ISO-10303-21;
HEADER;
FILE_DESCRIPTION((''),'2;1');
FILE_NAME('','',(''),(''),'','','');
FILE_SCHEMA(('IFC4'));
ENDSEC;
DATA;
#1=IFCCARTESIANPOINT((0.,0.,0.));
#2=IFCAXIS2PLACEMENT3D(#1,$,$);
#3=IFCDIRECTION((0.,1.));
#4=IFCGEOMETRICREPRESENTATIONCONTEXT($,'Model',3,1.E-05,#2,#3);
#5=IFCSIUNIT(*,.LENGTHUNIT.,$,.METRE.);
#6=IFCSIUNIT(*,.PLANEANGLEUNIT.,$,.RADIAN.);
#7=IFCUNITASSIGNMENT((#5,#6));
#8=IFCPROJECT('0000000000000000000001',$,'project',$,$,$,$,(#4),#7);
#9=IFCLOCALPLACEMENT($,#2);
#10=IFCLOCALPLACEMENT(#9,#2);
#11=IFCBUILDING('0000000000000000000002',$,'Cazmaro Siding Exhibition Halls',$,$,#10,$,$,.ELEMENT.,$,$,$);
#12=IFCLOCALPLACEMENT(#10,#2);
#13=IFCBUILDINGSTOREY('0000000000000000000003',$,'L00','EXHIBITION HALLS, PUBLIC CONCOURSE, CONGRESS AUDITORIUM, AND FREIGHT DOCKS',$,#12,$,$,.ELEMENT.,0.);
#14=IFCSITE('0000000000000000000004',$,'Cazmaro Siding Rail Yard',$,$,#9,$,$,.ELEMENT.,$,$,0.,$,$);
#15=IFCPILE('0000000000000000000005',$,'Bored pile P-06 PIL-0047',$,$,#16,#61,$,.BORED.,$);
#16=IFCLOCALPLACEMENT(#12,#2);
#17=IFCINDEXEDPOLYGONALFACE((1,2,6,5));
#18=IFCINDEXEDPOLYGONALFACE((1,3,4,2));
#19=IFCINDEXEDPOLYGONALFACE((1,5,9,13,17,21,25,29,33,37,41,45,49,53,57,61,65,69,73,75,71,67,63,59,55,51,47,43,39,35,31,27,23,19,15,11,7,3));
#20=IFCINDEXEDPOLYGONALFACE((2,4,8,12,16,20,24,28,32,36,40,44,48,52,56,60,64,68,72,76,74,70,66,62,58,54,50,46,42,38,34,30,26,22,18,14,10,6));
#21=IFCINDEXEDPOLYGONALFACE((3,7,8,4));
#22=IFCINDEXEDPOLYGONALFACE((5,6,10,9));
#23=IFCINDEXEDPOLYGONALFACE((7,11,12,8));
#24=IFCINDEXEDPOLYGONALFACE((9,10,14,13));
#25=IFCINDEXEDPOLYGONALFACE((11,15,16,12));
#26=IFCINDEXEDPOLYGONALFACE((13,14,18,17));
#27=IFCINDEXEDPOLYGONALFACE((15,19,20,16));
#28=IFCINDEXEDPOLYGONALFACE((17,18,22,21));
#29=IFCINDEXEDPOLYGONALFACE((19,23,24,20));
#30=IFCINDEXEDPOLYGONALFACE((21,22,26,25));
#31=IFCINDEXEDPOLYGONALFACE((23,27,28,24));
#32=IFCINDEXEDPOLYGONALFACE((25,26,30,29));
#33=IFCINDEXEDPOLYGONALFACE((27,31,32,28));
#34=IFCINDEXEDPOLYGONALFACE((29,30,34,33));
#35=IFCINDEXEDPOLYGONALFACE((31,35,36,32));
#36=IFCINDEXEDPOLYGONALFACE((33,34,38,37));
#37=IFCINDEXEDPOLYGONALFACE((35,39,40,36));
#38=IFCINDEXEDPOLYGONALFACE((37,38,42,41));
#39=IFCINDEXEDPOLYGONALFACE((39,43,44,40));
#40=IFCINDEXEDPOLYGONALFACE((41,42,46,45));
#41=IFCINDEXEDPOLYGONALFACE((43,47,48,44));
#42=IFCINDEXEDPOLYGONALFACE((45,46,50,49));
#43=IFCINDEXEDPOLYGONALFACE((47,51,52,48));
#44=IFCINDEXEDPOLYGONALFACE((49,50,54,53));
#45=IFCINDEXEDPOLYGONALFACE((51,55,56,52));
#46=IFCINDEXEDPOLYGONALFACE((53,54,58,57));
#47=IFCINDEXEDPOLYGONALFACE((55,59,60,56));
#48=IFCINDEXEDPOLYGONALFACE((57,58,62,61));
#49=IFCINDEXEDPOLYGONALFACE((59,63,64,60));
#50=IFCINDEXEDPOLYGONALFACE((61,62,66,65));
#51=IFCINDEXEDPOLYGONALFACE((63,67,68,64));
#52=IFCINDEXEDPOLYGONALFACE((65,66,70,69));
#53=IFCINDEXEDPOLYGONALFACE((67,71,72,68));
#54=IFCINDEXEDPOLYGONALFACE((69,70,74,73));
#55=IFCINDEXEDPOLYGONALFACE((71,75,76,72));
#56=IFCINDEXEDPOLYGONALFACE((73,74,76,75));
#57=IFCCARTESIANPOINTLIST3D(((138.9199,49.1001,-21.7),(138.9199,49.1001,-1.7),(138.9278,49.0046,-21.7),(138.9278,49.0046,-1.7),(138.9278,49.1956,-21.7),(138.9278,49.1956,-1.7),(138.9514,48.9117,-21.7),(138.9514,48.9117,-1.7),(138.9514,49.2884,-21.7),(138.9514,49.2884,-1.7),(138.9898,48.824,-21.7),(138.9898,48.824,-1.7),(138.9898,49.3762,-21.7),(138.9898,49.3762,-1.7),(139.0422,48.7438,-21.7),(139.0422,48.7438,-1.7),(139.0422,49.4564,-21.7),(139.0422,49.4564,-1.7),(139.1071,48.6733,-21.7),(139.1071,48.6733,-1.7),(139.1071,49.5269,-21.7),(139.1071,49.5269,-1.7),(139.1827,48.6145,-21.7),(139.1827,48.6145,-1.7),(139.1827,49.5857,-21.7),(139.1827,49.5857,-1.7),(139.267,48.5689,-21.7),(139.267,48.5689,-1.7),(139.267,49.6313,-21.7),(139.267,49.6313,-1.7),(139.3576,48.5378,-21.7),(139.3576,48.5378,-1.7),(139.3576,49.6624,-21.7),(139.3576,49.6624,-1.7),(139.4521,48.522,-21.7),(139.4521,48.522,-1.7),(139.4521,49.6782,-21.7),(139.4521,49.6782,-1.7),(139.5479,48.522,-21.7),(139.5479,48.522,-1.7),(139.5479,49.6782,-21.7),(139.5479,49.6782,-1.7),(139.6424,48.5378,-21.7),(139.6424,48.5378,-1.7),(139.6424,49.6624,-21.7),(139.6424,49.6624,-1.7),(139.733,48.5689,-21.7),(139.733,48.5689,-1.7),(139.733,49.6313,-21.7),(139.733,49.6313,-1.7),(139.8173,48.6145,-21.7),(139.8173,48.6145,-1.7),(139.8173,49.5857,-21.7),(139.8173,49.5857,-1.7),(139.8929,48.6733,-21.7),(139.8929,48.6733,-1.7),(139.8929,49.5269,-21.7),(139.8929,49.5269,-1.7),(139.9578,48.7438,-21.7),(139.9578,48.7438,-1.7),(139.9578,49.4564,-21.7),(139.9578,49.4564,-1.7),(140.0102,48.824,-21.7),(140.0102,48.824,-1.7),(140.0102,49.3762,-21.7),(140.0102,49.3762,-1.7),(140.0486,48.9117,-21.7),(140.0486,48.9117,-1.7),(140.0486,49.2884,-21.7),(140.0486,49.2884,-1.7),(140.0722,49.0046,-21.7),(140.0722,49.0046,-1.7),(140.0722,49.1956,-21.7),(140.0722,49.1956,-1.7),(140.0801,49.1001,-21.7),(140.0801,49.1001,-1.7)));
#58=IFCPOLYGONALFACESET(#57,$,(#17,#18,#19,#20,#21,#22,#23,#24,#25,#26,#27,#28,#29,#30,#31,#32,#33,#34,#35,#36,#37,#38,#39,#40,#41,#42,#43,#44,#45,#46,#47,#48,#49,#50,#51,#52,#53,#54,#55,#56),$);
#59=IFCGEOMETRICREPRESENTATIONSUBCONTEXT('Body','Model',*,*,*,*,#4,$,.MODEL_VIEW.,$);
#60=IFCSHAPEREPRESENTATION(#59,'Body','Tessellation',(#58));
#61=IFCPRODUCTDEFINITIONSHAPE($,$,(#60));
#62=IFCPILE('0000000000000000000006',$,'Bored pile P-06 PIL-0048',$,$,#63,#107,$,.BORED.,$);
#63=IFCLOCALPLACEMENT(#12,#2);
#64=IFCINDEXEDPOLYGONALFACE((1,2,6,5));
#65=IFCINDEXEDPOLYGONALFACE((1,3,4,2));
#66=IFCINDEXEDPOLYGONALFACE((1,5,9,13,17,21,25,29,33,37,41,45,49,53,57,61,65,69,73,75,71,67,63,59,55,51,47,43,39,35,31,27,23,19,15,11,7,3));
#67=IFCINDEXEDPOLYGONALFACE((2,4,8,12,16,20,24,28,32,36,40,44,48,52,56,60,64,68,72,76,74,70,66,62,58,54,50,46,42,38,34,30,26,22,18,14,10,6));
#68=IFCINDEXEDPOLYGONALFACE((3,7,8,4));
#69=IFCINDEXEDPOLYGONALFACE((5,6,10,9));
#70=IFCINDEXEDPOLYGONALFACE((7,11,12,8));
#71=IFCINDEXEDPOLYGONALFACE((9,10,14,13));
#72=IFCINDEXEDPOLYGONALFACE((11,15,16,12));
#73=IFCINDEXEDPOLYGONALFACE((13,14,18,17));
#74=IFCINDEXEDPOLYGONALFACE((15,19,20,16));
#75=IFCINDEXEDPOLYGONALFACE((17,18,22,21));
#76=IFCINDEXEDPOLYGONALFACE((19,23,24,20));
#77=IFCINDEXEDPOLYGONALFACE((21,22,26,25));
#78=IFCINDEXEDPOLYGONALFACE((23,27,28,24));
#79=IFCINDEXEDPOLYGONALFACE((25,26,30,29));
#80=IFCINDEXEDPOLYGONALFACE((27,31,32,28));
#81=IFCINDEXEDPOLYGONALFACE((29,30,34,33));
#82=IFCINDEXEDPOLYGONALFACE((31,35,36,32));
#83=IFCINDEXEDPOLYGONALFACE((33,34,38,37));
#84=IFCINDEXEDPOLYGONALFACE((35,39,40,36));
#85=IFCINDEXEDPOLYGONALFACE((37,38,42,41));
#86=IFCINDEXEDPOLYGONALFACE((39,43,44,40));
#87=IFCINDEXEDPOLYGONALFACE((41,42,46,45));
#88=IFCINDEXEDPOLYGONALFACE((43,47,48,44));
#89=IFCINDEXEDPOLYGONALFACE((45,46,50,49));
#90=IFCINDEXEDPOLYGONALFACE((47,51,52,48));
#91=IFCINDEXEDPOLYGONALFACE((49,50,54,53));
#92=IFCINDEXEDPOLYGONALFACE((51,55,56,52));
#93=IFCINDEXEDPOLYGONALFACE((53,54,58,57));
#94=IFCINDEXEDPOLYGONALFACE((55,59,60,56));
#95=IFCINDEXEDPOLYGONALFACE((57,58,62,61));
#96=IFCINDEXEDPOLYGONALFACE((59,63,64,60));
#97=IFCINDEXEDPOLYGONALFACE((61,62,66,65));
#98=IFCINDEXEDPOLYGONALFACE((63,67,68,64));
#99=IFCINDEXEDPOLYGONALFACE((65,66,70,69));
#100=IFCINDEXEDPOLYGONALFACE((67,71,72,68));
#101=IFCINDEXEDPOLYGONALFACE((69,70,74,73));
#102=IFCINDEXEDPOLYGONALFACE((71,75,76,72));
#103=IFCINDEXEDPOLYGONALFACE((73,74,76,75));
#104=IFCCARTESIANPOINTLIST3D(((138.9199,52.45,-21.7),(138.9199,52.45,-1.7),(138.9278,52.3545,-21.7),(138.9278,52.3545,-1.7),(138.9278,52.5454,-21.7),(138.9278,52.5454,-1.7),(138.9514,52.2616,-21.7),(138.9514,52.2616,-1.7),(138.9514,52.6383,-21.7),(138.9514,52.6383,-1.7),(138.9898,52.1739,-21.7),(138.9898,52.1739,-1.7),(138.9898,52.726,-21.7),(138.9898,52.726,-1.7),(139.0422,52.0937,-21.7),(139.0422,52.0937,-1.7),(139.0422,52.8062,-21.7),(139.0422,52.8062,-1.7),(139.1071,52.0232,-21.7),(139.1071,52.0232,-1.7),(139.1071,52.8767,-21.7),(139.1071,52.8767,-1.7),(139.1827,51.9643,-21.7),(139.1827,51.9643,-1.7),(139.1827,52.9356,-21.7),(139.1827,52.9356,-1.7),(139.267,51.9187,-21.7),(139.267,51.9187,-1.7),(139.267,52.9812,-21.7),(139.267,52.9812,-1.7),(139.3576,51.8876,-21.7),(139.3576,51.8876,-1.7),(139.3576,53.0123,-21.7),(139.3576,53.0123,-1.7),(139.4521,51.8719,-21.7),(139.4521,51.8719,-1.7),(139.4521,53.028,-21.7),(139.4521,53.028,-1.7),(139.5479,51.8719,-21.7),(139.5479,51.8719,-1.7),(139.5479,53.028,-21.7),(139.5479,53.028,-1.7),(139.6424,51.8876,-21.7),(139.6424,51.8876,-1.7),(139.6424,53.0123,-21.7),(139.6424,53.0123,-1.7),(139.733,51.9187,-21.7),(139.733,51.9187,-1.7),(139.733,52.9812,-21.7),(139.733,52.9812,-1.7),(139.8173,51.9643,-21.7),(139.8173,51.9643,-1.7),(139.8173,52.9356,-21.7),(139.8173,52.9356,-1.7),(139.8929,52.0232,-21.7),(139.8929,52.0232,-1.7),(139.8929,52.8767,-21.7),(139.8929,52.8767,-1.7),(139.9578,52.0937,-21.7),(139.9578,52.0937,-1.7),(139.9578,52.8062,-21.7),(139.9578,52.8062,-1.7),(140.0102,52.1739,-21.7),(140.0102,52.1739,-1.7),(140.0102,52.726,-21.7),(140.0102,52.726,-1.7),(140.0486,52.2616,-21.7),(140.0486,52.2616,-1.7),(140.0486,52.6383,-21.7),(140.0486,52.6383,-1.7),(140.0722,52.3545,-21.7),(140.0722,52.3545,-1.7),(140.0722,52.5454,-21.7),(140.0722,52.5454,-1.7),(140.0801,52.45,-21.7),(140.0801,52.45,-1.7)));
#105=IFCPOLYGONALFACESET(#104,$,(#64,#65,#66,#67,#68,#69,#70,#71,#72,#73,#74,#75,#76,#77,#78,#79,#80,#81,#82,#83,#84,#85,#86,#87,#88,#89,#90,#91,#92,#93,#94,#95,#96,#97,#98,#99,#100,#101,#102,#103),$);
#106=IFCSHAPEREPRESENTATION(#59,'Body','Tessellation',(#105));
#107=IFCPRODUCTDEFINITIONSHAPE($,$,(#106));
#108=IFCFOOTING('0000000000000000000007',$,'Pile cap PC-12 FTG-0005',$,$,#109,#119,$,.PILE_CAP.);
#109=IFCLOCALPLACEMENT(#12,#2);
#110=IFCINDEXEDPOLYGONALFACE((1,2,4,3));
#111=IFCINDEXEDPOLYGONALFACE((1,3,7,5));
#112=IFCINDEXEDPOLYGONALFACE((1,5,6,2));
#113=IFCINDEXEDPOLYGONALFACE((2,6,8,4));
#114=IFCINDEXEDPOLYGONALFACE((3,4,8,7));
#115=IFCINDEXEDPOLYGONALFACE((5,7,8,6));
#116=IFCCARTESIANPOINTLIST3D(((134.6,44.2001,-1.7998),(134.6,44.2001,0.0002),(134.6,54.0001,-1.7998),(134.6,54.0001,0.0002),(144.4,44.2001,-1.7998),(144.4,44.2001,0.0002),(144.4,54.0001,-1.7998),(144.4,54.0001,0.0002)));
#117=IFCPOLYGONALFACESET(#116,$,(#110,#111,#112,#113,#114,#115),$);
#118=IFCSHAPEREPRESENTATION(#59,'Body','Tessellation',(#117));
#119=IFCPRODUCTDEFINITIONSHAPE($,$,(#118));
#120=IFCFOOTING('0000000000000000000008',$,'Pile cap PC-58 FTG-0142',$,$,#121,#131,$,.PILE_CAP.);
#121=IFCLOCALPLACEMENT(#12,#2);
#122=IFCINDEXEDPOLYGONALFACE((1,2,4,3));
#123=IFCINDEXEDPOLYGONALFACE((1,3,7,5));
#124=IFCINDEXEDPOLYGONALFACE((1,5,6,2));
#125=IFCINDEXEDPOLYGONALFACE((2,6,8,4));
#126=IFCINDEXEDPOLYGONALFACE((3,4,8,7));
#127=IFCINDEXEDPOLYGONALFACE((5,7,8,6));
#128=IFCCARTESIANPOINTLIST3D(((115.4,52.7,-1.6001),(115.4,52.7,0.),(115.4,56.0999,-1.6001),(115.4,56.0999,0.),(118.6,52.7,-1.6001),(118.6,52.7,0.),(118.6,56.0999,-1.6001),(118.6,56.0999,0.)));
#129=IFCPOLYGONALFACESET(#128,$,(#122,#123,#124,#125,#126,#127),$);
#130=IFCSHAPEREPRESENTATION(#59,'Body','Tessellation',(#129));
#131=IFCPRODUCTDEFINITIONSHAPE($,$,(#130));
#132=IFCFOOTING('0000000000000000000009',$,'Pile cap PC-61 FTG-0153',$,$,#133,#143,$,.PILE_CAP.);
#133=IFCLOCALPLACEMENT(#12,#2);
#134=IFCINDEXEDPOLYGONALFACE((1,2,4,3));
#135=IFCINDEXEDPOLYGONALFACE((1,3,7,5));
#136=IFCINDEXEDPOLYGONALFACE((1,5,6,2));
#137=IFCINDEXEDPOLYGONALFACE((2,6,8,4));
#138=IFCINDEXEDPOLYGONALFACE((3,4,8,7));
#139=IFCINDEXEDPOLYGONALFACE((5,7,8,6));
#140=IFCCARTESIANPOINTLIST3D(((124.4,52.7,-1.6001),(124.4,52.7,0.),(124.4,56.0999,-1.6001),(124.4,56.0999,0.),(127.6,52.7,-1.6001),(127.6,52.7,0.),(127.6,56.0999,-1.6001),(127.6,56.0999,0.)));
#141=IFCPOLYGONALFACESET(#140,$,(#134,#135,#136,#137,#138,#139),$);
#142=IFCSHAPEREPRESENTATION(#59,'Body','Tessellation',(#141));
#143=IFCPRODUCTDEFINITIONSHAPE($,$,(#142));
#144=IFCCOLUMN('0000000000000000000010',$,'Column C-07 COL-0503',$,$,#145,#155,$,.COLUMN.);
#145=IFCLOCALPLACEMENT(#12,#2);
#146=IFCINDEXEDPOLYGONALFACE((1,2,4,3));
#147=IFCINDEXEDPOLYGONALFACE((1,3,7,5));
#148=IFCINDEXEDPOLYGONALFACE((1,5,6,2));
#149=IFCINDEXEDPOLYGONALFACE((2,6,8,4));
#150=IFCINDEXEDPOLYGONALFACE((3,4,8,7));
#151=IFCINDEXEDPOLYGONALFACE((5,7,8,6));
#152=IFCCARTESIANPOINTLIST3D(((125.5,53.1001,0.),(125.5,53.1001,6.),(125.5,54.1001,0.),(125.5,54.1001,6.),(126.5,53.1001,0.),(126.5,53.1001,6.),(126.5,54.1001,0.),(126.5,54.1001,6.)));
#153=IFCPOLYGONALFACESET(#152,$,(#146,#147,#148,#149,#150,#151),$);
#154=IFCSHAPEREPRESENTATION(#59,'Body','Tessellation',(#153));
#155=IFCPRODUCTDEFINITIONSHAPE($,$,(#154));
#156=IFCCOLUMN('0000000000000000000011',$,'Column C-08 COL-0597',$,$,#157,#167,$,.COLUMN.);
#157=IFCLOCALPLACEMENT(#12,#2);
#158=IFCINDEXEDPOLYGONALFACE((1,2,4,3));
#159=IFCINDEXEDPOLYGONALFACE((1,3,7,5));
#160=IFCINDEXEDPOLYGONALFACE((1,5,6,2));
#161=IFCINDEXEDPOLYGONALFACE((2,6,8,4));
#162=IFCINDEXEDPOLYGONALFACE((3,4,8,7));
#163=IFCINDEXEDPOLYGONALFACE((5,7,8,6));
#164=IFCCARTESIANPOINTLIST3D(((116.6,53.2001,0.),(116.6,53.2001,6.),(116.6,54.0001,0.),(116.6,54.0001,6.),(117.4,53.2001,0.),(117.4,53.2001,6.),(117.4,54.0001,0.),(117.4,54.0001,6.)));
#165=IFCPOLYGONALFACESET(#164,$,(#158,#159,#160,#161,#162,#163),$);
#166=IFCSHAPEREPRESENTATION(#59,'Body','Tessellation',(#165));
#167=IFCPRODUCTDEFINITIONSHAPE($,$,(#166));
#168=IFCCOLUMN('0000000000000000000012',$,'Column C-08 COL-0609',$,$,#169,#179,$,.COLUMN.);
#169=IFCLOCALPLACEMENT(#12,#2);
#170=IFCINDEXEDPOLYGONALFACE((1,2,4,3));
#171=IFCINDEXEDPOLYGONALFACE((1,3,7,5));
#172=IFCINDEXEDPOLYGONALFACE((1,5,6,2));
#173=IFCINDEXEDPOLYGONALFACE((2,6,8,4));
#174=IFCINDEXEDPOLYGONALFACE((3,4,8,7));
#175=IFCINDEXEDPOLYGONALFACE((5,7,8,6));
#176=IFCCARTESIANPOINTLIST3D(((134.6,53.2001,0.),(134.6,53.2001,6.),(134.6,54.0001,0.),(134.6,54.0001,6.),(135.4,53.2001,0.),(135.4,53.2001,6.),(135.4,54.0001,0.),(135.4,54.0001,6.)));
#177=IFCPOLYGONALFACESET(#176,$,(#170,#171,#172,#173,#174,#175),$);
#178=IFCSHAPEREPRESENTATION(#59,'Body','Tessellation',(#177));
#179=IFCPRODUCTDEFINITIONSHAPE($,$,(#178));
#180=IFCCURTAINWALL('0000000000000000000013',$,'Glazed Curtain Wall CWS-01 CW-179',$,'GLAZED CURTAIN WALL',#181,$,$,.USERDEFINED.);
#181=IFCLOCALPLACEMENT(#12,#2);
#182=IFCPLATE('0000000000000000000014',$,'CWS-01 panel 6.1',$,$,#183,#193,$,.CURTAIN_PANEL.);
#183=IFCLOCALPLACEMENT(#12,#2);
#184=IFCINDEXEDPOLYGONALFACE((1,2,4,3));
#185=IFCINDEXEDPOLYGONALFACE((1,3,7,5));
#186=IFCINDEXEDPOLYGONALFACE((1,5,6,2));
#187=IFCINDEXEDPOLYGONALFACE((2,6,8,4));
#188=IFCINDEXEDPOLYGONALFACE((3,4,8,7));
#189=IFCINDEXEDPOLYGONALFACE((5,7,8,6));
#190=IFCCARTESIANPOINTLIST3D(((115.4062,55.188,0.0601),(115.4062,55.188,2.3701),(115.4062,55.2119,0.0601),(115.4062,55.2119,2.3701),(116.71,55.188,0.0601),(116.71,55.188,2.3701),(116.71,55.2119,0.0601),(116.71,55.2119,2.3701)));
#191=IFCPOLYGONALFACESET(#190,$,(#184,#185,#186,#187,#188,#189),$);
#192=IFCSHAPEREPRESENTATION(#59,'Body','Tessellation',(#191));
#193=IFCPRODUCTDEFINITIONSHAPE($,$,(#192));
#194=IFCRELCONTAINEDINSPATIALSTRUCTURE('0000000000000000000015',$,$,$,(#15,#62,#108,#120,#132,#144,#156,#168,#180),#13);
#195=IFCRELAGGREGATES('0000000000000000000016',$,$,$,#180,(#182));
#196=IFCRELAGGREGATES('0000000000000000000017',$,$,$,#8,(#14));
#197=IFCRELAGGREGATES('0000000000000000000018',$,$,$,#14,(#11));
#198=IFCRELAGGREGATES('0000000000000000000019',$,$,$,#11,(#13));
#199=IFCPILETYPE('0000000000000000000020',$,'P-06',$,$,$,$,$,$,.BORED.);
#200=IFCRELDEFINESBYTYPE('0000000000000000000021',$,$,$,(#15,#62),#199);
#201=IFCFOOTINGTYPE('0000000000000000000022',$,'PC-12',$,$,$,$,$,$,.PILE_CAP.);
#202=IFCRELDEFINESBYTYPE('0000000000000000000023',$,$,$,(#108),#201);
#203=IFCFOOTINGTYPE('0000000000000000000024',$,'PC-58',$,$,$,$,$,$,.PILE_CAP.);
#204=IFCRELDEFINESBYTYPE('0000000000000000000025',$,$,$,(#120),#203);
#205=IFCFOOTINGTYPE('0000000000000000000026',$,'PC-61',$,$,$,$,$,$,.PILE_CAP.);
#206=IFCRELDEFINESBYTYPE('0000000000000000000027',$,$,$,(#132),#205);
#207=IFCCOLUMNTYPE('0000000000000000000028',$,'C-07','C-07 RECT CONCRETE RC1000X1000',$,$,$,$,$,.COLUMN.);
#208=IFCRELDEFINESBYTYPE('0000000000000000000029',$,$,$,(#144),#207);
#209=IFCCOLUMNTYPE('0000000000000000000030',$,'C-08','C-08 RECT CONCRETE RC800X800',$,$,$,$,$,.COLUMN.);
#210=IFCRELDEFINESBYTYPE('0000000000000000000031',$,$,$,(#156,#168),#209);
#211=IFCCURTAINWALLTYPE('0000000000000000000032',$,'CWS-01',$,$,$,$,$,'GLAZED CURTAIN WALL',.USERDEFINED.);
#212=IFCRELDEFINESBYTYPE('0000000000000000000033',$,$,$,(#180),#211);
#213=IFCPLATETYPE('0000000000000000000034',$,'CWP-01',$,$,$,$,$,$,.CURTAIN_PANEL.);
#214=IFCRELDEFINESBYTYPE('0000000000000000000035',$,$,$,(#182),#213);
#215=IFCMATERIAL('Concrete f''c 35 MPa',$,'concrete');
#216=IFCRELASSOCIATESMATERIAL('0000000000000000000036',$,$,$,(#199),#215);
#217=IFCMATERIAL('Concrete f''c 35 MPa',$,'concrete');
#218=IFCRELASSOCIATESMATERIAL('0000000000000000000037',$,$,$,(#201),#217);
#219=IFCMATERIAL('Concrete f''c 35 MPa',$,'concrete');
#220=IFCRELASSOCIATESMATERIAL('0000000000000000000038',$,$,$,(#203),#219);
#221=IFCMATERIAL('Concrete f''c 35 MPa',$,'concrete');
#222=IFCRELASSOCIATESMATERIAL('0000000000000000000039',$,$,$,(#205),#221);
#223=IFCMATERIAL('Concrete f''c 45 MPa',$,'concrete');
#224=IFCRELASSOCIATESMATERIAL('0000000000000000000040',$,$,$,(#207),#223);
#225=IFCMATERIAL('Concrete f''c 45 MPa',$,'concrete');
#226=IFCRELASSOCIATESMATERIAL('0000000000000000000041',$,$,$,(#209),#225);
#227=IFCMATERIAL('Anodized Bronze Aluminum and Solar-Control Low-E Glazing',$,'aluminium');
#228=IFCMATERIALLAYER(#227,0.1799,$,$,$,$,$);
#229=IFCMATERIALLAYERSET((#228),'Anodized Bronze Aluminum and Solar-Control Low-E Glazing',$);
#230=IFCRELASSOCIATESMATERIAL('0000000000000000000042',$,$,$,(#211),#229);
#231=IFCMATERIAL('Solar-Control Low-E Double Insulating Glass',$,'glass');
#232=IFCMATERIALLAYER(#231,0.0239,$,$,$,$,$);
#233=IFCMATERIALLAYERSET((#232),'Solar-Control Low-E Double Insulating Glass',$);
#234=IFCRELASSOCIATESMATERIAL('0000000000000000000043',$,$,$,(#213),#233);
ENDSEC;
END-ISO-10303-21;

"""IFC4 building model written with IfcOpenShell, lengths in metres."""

from ifc_helpers import new_model, si_unit, direction, frame, origin, origin_2d, place, context, subcontext, project, spatial, rectangle, circle, extrude, material, layer, layer_set, material_profile, profile_set, type_object, element, aggregate, save


model = new_model("IFC4")

# Units and contexts
model_context = context("Model", 3, precision=1e-05, world=origin(), true_north=direction((0.0, 1.0)))
body_context = subcontext(model_context, "Body", "Model", "MODEL_VIEW")
ifc_project = project(units=[si_unit("LENGTHUNIT", "METRE"), si_unit("PLANEANGLEUNIT", "RADIAN")], contexts=[model_context])

# Site, building, storey
site_placement = place(None, origin())
site = spatial("IfcSite", under=ifc_project, at=site_placement, Name="Cazmaro Siding Rail Yard", CompositionType="ELEMENT", RefElevation=0.0)
building_placement = place(site_placement, origin())
building = spatial("IfcBuilding", under=site, at=building_placement, Name="Cazmaro Siding Exhibition Halls", CompositionType="ELEMENT")
storey_placement = place(building_placement, origin())
storey = spatial("IfcBuildingStorey", under=building, at=storey_placement, Name="L00", Description="EXHIBITION HALLS, PUBLIC CONCOURSE, CONGRESS AUDITORIUM, AND FREIGHT DOCKS", CompositionType="ELEMENT", Elevation=0.0)

# Piles
ifc_material_1 = material(Name="Concrete f'c 35 MPa", Category="concrete")
ifc_material_profile_1 = material_profile(ifc_material_1, circle(Radius=0.5801, at=origin_2d()), Name="CIDH-1160")
ifc_profile_set_1 = profile_set([ifc_material_profile_1], Name="Concrete f'c 35 MPa")
pile_type_1 = type_object("IfcPileType", Name="P-06", PredefinedType="BORED", material=ifc_profile_set_1)
for number, where, z_axis, x_axis, name in (
    (1, (139.5, 49.1001, -1.7), (0.0, 0.0, -1.0), (1.0, 0.0, 0.0), "Bored pile P-06 PIL-0047"),
    (2, (139.5, 52.45, -1.7), (0.0, 0.0, -1.0), (1.0, 0.0, 0.0), "Bored pile P-06 PIL-0048"),
):
    element("IfcPile", number, at=place(storey_placement, frame(where, z_axis=z_axis, x_axis=x_axis)), inside=storey, type_object=pile_type_1, Name=name, PredefinedType="BORED", context=body_context, shape_type="SweptSolid", body=[
        extrude(circle(Radius=0.5801, at=origin_2d()), origin(), (0.0, 0.0, 1.0), 20.0),
    ])

# Footings
ifc_material_2 = material(Name="Concrete f'c 35 MPa", Category="concrete")
footing_type_1 = type_object("IfcFootingType", Name="PC-12", PredefinedType="PILE_CAP", material=ifc_material_2)
footing_1_placement = place(storey_placement, frame((139.5, 49.1001, -1.7998), z_axis=(0.0, 0.0, 1.0), x_axis=(1.0, 0.0, 0.0)))
element("IfcFooting", 3, at=footing_1_placement, inside=storey, type_object=footing_type_1, Name="Pile cap PC-12 FTG-0005", PredefinedType="PILE_CAP", context=body_context, shape_type="SweptSolid", body=[
    extrude(rectangle(XDim=9.8, YDim=9.8, at=origin_2d()), origin(), (0.0, 0.0, 1.0), 1.8),
])
ifc_material_3 = material(Name="Concrete f'c 35 MPa", Category="concrete")
footing_type_2 = type_object("IfcFootingType", Name="PC-58", PredefinedType="PILE_CAP", material=ifc_material_3)
footing_2_placement = place(storey_placement, frame((117.0, 54.3999, -1.6001), z_axis=(0.0, 0.0, 1.0), x_axis=(1.0, 0.0, 0.0)))
element("IfcFooting", 4, at=footing_2_placement, inside=storey, type_object=footing_type_2, Name="Pile cap PC-58 FTG-0142", PredefinedType="PILE_CAP", context=body_context, shape_type="SweptSolid", body=[
    extrude(rectangle(XDim=3.2, YDim=3.3999, at=origin_2d()), origin(), (0.0, 0.0, 1.0), 1.6001),
])
ifc_material_4 = material(Name="Concrete f'c 35 MPa", Category="concrete")
footing_type_3 = type_object("IfcFootingType", Name="PC-61", PredefinedType="PILE_CAP", material=ifc_material_4)
footing_3_placement = place(storey_placement, frame((126.0, 54.3999, -1.6001), z_axis=(0.0, 0.0, 1.0), x_axis=(1.0, 0.0, 0.0)))
element("IfcFooting", 5, at=footing_3_placement, inside=storey, type_object=footing_type_3, Name="Pile cap PC-61 FTG-0153", PredefinedType="PILE_CAP", context=body_context, shape_type="SweptSolid", body=[
    extrude(rectangle(XDim=3.2, YDim=3.3999, at=origin_2d()), origin(), (0.0, 0.0, 1.0), 1.6001),
])

# Columns
ifc_material_5 = material(Name="Concrete f'c 45 MPa", Category="concrete")
ifc_material_profile_2 = material_profile(ifc_material_5, rectangle(XDim=1.0, YDim=1.0, at=origin_2d()), Name="RC1000X1000")
ifc_profile_set_2 = profile_set([ifc_material_profile_2], Name="Concrete f'c 45 MPa")
column_type_1 = type_object("IfcColumnType", Name="C-07", Description="C-07 RECT CONCRETE RC1000X1000", PredefinedType="COLUMN", material=ifc_profile_set_2)
column_placement = place(storey_placement, frame((126.0, 53.6001, 0.0), z_axis=(0.0, 0.0, 1.0), x_axis=(1.0, 0.0, 0.0)))
element("IfcColumn", 6, at=column_placement, inside=storey, type_object=column_type_1, Name="Column C-07 COL-0503", PredefinedType="COLUMN", context=body_context, shape_type="SweptSolid", body=[
    extrude(rectangle(XDim=1.0, YDim=1.0, at=origin_2d()), origin(), (0.0, 0.0, 1.0), 6.0),
])
ifc_material_6 = material(Name="Concrete f'c 45 MPa", Category="concrete")
ifc_material_profile_3 = material_profile(ifc_material_6, rectangle(XDim=0.8, YDim=0.8, at=origin_2d()), Name="RC800X800")
ifc_profile_set_3 = profile_set([ifc_material_profile_3], Name="Concrete f'c 45 MPa")
column_type_2 = type_object("IfcColumnType", Name="C-08", Description="C-08 RECT CONCRETE RC800X800", PredefinedType="COLUMN", material=ifc_profile_set_3)
for number, where, z_axis, x_axis, name in (
    (7, (117.0, 53.6001, 0.0), (0.0, 0.0, 1.0), (1.0, 0.0, 0.0), "Column C-08 COL-0597"),
    (8, (135.0, 53.6001, 0.0), (0.0, 0.0, 1.0), (1.0, 0.0, 0.0), "Column C-08 COL-0609"),
):
    element("IfcColumn", number, at=place(storey_placement, frame(where, z_axis=z_axis, x_axis=x_axis)), inside=storey, type_object=column_type_2, Name=name, PredefinedType="COLUMN", context=body_context, shape_type="SweptSolid", body=[
        extrude(rectangle(XDim=0.8, YDim=0.8, at=origin_2d()), origin(), (0.0, 0.0, 1.0), 6.0),
    ])

# Curtain wall, plate
ifc_material_7 = material(Name="Anodized Bronze Aluminum and Solar-Control Low-E Glazing", Category="aluminium")
ifc_layer_1 = layer(ifc_material_7, 0.1799)
ifc_layer_set_1 = layer_set([ifc_layer_1], Name="Anodized Bronze Aluminum and Solar-Control Low-E Glazing")
curtain_wall_type = type_object("IfcCurtainWallType", Name="CWS-01", ElementType="GLAZED CURTAIN WALL", PredefinedType="USERDEFINED", material=ifc_layer_set_1)
curtain_wall_placement = place(storey_placement, origin())
curtain_wall = element("IfcCurtainWall", 9, at=curtain_wall_placement, inside=storey, type_object=curtain_wall_type, Name="Glazed Curtain Wall CWS-01 CW-179", ObjectType="GLAZED CURTAIN WALL", PredefinedType="USERDEFINED")
ifc_material_8 = material(Name="Solar-Control Low-E Double Insulating Glass", Category="glass")
ifc_layer_2 = layer(ifc_material_8, 0.0239)
ifc_layer_set_2 = layer_set([ifc_layer_2], Name="Solar-Control Low-E Double Insulating Glass")
plate_type = type_object("IfcPlateType", Name="CWP-01", PredefinedType="CURTAIN_PANEL", material=ifc_layer_set_2)
plate_placement = place(storey_placement, frame((116.0581, 55.2, 0.0601), z_axis=(0.0, 0.0, 1.0), x_axis=(1.0, 0.0, 0.0)))
plate = element("IfcPlate", 10, at=plate_placement, type_object=plate_type, Name="CWS-01 panel 6.1", PredefinedType="CURTAIN_PANEL", context=body_context, shape_type="SweptSolid", body=[
    extrude(rectangle(XDim=1.3037, YDim=0.0239, at=origin_2d()), origin(), (0.0, 0.0, 1.0), 2.3101),
])
aggregate(curtain_wall, [plate])

save(model, "model.ifc")
